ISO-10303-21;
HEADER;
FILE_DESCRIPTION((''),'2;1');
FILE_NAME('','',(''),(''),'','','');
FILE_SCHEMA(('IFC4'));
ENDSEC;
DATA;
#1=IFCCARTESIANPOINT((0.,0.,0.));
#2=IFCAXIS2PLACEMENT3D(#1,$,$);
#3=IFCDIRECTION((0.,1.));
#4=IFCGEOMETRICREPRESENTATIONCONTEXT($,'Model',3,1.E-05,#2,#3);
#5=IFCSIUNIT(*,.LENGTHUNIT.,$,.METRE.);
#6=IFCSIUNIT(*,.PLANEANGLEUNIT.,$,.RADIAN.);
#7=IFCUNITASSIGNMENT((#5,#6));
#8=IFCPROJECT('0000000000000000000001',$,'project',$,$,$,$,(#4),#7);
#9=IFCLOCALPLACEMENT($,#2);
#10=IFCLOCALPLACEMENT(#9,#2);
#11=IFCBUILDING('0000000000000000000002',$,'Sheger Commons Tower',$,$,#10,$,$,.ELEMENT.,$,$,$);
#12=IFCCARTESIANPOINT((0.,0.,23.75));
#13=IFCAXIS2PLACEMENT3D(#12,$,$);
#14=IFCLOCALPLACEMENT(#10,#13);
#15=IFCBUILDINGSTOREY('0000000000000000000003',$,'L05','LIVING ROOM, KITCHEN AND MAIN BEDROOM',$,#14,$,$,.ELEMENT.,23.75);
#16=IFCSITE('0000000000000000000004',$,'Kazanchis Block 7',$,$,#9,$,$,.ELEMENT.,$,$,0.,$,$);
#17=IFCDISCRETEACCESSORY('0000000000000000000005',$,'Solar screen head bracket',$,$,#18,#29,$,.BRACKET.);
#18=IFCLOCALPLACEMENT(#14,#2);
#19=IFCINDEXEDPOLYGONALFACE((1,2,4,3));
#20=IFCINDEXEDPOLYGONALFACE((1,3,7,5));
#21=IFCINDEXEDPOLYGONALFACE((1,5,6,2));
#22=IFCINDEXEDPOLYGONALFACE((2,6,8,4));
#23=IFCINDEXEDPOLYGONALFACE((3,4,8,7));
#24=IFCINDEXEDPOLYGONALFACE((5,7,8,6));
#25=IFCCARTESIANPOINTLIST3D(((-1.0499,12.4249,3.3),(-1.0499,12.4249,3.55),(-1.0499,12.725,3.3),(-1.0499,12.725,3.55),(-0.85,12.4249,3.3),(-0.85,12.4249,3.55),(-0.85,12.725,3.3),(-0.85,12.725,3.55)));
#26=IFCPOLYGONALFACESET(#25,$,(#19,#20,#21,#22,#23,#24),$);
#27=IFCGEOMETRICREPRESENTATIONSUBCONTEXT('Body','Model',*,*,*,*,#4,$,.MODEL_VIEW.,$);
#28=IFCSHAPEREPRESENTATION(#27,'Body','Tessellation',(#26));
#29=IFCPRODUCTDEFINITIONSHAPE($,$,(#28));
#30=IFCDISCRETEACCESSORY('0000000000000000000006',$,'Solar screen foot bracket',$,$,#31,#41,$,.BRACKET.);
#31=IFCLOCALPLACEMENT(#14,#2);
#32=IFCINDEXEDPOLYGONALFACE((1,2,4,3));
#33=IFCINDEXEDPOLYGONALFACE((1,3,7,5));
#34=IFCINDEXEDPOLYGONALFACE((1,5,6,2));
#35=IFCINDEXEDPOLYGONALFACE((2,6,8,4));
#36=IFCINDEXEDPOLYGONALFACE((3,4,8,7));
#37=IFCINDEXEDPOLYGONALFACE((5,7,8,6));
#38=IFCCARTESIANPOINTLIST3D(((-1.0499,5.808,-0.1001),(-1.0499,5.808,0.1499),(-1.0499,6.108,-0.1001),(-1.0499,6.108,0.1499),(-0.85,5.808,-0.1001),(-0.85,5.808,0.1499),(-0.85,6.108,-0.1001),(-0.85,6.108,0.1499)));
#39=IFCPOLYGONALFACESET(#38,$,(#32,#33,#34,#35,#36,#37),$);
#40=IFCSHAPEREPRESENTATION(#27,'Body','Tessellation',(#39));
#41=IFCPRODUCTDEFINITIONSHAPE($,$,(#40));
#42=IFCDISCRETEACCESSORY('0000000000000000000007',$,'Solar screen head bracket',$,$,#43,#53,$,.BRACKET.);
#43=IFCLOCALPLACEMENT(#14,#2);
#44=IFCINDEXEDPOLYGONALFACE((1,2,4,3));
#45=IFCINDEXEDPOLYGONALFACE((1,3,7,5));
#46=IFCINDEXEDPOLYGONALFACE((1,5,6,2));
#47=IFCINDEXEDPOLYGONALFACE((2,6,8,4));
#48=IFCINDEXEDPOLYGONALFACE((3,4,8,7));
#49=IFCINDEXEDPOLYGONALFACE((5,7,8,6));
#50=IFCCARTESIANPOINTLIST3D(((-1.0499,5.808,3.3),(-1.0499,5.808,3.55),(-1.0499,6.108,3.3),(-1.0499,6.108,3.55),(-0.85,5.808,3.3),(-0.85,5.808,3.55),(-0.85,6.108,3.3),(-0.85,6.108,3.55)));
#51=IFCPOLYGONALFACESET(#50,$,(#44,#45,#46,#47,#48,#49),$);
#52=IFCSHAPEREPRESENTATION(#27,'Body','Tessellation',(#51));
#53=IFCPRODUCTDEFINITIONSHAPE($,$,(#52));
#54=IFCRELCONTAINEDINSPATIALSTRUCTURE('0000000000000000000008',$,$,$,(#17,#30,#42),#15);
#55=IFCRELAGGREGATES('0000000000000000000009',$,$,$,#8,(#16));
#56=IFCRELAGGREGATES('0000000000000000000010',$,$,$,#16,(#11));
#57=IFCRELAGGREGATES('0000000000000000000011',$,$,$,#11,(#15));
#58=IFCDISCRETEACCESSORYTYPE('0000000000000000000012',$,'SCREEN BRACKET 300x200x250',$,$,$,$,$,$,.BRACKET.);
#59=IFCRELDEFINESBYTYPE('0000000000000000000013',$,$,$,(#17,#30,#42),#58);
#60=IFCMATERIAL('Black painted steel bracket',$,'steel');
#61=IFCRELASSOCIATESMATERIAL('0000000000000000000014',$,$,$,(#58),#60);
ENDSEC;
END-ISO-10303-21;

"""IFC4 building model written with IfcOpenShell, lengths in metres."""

from ifc_helpers import new_model, si_unit, direction, frame, origin, origin_2d, place, context, subcontext, project, spatial, rectangle, extrude, material, type_object, element, save


model = new_model("IFC4")

# Units and contexts
model_context = context("Model", 3, precision=1e-05, world=origin(), true_north=direction((0.0, 1.0)))
body_context = subcontext(model_context, "Body", "Model", "MODEL_VIEW")
ifc_project = project(units=[si_unit("LENGTHUNIT", "METRE"), si_unit("PLANEANGLEUNIT", "RADIAN")], contexts=[model_context])

# Site, building, storey
site_placement = place(None, origin())
site = spatial("IfcSite", under=ifc_project, at=site_placement, Name="Kazanchis Block 7", CompositionType="ELEMENT", RefElevation=0.0)
building_placement = place(site_placement, origin())
building = spatial("IfcBuilding", under=site, at=building_placement, Name="Sheger Commons Tower", CompositionType="ELEMENT")
storey_placement = place(building_placement, frame((0.0, 0.0, 23.75)))
storey = spatial("IfcBuildingStorey", under=building, at=storey_placement, Name="L05", Description="LIVING ROOM, KITCHEN AND MAIN BEDROOM", CompositionType="ELEMENT", Elevation=23.75)

# Discrete accessories
ifc_material_1 = material(Name="Black painted steel bracket", Category="steel")
discrete_accessory_type = type_object("IfcDiscreteAccessoryType", Name="SCREEN BRACKET 300x200x250", PredefinedType="BRACKET", material=ifc_material_1)
for number, where, z_axis, x_axis, name in (
    (1, (-0.95, 12.575, 3.3), (0.0, 0.0, 1.0), (0.0, -1.0, 0.0), "Solar screen head bracket"),
    (2, (-0.95, 5.958, -0.1001), (0.0, 0.0, 1.0), (0.0, -1.0, 0.0), "Solar screen foot bracket"),
    (3, (-0.95, 5.958, 3.3), (0.0, 0.0, 1.0), (0.0, -1.0, 0.0), "Solar screen head bracket"),
):
    element("IfcDiscreteAccessory", number, at=place(storey_placement, frame(where, z_axis=z_axis, x_axis=x_axis)), inside=storey, type_object=discrete_accessory_type, Name=name, PredefinedType="BRACKET", context=body_context, shape_type="SweptSolid", body=[
        extrude(rectangle(XDim=0.3, YDim=0.2, at=origin_2d()), origin(), (0.0, 0.0, 1.0), 0.25),
    ])

save(model, "model.ifc")
